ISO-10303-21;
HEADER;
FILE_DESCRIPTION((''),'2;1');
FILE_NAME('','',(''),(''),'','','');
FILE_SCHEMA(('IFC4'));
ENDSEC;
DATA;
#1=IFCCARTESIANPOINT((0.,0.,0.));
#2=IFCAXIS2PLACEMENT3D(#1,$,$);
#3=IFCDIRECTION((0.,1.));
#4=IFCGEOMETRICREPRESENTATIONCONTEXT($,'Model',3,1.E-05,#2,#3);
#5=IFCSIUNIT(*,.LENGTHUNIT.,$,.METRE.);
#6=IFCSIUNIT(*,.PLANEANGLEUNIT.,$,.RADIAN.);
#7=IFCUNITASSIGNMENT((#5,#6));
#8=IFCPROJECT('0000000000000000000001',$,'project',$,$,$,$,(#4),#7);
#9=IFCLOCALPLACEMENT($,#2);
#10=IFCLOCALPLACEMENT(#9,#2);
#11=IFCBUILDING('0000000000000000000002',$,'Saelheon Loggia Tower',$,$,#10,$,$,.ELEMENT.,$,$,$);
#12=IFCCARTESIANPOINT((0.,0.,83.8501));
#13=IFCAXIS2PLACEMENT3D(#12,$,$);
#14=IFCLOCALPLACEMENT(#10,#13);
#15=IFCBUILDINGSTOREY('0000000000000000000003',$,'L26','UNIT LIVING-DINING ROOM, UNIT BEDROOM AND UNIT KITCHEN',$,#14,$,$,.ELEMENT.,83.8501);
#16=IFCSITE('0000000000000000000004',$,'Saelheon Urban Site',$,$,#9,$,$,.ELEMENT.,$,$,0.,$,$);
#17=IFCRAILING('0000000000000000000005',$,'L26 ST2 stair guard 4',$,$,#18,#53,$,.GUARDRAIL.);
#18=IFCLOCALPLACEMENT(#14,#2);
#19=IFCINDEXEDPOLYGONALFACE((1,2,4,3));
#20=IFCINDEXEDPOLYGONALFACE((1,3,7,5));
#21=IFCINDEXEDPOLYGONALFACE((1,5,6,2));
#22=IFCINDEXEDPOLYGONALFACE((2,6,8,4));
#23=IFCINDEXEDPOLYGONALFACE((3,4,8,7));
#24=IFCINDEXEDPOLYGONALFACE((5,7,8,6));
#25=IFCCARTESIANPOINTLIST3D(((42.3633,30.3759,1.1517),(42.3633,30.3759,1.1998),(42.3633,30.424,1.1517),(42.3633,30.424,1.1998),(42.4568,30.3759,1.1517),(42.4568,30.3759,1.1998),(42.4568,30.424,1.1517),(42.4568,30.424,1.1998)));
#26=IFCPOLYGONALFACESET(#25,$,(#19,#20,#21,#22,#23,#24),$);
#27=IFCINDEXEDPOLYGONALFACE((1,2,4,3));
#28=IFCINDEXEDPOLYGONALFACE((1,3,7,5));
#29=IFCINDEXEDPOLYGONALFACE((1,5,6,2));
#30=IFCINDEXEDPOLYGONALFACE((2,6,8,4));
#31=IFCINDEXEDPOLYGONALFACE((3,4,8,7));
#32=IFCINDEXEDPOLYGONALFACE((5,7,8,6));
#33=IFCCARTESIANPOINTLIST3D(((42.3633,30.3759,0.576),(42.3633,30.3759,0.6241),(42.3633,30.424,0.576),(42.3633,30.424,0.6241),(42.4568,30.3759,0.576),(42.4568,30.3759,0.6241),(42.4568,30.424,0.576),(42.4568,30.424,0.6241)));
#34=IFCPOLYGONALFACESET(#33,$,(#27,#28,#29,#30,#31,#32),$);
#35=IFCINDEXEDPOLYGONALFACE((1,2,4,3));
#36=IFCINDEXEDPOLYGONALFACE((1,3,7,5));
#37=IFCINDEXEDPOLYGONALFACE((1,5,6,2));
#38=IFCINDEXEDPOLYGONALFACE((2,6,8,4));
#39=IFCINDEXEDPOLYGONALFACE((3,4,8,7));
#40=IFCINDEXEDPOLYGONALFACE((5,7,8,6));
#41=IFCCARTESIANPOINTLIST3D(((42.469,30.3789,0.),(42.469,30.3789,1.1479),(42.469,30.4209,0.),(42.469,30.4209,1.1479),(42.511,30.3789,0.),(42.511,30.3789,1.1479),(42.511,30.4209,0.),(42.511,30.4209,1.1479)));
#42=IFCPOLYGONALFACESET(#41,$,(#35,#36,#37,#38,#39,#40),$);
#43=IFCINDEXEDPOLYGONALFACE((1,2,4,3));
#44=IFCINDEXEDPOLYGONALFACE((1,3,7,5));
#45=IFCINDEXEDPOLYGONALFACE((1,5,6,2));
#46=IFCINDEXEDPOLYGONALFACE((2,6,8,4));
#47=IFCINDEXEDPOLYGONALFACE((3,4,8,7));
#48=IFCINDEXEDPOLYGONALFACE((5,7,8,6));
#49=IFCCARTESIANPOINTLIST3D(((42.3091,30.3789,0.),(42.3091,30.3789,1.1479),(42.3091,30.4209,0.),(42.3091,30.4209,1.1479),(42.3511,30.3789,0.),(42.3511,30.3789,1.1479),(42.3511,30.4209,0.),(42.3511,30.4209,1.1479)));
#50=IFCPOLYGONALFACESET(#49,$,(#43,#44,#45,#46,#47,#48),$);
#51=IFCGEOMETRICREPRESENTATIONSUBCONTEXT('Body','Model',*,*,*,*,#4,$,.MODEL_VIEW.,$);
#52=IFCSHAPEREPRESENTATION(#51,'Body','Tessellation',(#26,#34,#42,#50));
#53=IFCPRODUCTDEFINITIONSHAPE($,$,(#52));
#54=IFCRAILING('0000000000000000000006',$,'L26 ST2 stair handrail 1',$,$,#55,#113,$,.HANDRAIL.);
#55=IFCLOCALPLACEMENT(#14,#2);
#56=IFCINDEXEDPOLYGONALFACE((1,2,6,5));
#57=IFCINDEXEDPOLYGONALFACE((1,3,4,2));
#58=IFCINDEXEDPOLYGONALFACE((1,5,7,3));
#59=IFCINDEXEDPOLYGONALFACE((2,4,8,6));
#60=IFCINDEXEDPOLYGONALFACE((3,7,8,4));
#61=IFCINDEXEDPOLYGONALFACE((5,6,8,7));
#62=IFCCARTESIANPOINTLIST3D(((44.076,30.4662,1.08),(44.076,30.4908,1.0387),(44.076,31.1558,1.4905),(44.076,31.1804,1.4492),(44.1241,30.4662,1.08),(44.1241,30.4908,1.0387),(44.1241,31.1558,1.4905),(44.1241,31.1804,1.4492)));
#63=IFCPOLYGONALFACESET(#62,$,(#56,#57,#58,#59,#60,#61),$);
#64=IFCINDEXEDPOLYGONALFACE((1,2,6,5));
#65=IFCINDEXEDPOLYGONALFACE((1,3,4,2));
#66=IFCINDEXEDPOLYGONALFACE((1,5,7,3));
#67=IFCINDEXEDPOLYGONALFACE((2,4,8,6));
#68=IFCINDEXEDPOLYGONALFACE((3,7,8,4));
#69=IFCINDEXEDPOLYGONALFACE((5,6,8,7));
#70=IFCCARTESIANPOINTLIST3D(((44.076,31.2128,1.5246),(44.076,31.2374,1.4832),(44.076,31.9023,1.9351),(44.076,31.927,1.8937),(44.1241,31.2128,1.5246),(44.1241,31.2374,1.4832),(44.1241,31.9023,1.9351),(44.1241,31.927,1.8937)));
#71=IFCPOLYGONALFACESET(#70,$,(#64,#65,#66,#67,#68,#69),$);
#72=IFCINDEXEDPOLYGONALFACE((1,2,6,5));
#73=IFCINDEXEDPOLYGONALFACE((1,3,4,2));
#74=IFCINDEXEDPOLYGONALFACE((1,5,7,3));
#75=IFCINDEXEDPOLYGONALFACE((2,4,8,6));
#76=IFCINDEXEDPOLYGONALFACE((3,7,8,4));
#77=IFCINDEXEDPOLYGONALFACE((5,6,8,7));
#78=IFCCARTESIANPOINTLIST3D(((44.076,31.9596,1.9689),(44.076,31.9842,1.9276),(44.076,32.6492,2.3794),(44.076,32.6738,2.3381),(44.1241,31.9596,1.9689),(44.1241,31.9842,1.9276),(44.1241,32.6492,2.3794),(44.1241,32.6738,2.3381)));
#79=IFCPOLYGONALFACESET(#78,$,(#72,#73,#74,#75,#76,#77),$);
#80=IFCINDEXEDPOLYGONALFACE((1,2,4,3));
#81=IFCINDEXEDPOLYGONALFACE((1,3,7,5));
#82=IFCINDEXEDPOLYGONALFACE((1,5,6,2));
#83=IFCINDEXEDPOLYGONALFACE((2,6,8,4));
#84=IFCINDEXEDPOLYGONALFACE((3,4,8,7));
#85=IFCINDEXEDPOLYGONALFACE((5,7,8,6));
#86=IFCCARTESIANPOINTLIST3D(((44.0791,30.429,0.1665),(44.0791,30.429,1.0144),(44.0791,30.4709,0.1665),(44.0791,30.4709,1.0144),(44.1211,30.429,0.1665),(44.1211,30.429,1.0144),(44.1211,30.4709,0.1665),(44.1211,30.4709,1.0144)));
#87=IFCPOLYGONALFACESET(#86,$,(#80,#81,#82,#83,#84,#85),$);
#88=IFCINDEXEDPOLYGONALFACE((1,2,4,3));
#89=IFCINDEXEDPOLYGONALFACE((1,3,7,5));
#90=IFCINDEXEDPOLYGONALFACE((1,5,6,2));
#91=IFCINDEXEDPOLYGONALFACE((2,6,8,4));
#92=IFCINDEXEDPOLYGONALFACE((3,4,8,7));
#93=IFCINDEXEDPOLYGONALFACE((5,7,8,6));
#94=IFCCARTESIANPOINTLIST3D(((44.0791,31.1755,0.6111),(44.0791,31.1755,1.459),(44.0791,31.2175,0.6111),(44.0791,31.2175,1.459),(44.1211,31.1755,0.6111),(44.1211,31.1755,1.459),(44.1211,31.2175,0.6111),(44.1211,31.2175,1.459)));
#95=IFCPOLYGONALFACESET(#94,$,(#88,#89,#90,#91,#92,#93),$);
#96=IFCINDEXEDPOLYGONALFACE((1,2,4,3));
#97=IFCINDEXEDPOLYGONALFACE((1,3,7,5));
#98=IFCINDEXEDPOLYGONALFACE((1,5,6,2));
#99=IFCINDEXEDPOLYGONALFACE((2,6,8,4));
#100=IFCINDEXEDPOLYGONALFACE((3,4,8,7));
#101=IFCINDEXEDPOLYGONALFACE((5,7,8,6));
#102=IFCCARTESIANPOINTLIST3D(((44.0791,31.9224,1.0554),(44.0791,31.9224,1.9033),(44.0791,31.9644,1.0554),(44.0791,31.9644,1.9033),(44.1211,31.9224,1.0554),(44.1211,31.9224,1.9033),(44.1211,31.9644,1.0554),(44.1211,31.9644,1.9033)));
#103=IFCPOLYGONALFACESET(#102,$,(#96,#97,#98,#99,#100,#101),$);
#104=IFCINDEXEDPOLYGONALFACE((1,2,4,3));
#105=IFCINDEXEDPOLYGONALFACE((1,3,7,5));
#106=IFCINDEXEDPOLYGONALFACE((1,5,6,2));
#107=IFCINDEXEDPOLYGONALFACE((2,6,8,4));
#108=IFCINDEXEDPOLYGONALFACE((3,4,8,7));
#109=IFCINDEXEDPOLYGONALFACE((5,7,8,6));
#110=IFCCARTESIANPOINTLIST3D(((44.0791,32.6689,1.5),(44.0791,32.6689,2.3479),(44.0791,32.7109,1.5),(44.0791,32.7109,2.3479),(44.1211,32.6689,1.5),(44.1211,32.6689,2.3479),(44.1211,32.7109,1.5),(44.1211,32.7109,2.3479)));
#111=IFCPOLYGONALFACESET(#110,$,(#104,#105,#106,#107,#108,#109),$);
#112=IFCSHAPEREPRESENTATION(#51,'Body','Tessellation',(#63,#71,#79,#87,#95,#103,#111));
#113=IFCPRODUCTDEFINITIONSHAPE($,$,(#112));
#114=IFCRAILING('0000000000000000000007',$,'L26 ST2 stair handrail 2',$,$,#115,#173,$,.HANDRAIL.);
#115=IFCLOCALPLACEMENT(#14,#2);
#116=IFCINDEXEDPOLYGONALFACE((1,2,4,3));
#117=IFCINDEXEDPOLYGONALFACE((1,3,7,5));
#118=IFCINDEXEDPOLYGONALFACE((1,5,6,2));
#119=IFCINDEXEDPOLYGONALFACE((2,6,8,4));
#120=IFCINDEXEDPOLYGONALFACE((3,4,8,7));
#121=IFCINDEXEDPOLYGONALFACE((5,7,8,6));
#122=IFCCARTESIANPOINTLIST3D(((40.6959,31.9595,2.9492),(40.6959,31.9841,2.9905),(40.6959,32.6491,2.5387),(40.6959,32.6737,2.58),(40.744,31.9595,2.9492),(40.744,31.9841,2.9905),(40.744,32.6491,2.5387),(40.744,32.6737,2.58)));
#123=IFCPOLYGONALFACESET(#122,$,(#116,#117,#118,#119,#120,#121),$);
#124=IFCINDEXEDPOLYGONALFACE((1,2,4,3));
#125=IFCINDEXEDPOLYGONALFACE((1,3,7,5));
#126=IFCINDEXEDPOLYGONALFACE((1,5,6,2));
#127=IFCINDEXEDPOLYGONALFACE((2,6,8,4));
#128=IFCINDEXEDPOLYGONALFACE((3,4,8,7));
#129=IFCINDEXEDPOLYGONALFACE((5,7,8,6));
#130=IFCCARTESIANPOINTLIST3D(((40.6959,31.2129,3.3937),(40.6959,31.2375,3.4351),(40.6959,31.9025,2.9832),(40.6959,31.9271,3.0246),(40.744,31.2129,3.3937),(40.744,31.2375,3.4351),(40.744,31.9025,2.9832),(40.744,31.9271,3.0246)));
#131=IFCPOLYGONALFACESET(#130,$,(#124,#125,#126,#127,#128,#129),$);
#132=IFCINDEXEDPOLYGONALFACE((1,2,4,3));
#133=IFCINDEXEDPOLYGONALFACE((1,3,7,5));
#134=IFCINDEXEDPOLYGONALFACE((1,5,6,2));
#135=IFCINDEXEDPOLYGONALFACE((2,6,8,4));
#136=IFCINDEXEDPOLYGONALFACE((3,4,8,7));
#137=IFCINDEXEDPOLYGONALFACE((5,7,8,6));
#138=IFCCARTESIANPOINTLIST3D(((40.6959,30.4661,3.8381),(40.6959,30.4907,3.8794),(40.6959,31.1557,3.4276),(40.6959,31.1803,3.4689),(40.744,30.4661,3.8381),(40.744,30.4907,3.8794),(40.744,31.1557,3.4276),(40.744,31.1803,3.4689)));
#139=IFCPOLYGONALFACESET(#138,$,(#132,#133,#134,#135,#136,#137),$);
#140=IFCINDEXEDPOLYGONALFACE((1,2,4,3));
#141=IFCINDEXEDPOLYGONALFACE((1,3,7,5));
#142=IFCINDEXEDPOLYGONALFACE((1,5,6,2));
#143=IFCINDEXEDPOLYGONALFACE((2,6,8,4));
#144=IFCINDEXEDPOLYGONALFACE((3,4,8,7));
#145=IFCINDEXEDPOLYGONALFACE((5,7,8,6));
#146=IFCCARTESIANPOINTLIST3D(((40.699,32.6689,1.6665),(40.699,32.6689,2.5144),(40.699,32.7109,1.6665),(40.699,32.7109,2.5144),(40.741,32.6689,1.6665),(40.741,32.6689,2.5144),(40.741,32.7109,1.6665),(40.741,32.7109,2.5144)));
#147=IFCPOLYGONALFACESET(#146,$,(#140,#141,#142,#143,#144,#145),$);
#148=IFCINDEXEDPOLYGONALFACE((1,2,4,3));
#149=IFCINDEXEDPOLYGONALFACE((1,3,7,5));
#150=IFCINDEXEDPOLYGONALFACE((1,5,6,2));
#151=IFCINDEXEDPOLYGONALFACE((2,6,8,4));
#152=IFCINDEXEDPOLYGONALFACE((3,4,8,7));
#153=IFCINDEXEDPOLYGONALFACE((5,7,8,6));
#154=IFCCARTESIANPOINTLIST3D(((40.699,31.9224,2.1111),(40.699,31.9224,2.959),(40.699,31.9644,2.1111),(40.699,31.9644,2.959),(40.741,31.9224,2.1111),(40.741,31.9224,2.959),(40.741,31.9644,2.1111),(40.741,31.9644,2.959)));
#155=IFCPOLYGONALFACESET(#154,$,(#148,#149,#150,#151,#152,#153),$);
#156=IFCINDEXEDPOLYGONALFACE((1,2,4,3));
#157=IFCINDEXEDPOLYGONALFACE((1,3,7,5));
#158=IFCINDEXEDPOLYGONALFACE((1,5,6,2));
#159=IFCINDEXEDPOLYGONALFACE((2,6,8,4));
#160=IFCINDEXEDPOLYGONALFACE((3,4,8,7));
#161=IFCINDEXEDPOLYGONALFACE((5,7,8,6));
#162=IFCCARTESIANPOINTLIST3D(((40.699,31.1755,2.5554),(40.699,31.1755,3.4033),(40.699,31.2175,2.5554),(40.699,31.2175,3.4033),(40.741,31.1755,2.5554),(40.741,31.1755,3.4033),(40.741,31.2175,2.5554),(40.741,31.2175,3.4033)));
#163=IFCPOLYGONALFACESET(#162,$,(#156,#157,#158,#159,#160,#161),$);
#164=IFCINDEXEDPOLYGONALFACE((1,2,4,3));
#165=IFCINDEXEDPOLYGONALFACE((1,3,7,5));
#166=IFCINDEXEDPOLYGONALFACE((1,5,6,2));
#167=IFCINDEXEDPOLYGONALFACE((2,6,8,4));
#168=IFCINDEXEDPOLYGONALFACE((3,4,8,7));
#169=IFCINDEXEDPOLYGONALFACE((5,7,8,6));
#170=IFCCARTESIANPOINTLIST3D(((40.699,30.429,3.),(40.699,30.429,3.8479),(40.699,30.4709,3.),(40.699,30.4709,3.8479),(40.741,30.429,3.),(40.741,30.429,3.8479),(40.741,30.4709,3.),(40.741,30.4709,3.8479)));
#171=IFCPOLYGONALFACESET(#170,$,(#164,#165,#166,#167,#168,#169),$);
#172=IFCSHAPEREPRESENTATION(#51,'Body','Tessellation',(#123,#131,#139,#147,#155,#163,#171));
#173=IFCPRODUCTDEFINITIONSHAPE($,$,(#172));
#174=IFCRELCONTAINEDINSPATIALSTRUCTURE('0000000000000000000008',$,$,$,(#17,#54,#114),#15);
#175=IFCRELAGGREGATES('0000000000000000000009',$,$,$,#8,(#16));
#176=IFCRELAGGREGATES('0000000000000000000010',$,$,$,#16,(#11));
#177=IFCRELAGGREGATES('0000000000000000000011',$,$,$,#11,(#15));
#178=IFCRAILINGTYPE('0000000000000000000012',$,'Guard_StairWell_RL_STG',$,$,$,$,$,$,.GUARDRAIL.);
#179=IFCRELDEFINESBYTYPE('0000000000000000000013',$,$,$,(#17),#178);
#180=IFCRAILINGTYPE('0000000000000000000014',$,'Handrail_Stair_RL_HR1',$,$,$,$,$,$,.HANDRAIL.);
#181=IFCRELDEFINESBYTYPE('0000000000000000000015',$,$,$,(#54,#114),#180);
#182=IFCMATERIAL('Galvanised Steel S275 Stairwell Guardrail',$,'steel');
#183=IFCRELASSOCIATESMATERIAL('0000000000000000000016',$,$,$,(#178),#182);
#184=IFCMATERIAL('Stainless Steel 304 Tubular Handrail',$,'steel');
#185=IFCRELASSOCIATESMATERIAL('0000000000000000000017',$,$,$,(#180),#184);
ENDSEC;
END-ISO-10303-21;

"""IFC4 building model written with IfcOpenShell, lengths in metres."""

from ifc_helpers import new_model, si_unit, direction, frame, origin, origin_2d, place, context, subcontext, project, spatial, rectangle, extrude, material, type_object, element, save


model = new_model("IFC4")

# Units and contexts
model_context = context("Model", 3, precision=1e-05, world=origin(), true_north=direction((0.0, 1.0)))
body_context = subcontext(model_context, "Body", "Model", "MODEL_VIEW")
ifc_project = project(units=[si_unit("LENGTHUNIT", "METRE"), si_unit("PLANEANGLEUNIT", "RADIAN")], contexts=[model_context])

# Site, building, storey
site_placement = place(None, origin())
site = spatial("IfcSite", under=ifc_project, at=site_placement, Name="Saelheon Urban Site", CompositionType="ELEMENT", RefElevation=0.0)
building_placement = place(site_placement, origin())
building = spatial("IfcBuilding", under=site, at=building_placement, Name="Saelheon Loggia Tower", CompositionType="ELEMENT")
storey_placement = place(building_placement, frame((0.0, 0.0, 83.8501)))
storey = spatial("IfcBuildingStorey", under=building, at=storey_placement, Name="L26", Description="UNIT LIVING-DINING ROOM, UNIT BEDROOM AND UNIT KITCHEN", CompositionType="ELEMENT", Elevation=83.8501)

# Railings
ifc_material_1 = material(Name="Galvanised Steel S275 Stairwell Guardrail", Category="steel")
railing_type_1 = type_object("IfcRailingType", Name="Guard_StairWell_RL_STG", PredefinedType="GUARDRAIL", material=ifc_material_1)
railing_1_placement = place(storey_placement, frame((42.49, 30.3999, 0.0)))
element("IfcRailing", 1, at=railing_1_placement, inside=storey, type_object=railing_type_1, Name="L26 ST2 stair guard 4", PredefinedType="GUARDRAIL", context=body_context, shape_type="SweptSolid", body=[
    extrude(rectangle(XDim=0.0481, YDim=0.0481, at=origin_2d()), frame((-0.0332, 0.0, 1.1758), z_axis=(-1.0, 0.0, 0.0), x_axis=(0.0, -1.0, 0.0)), (0.0, 0.0, 1.0), 0.0935),
    extrude(rectangle(XDim=0.0481, YDim=0.0481, at=origin_2d()), frame((-0.0332, 0.0, 0.6001), z_axis=(-1.0, 0.0, 0.0), x_axis=(0.0, -1.0, 0.0)), (0.0, 0.0, 1.0), 0.0935),
    extrude(rectangle(XDim=0.042, YDim=0.042, at=origin_2d()), origin(), (0.0, 0.0, 1.0), 1.1479),
    extrude(rectangle(XDim=0.042, YDim=0.042, at=origin_2d()), frame((-0.1599, 0.0, 0.0)), (0.0, 0.0, 1.0), 1.1479),
])
ifc_material_2 = material(Name="Stainless Steel 304 Tubular Handrail", Category="steel")
railing_type_2 = type_object("IfcRailingType", Name="Handrail_Stair_RL_HR1", PredefinedType="HANDRAIL", material=ifc_material_2)
railing_2_placement = place(storey_placement, frame((44.1001, 30.45, 0.1665)))
element("IfcRailing", 2, at=railing_2_placement, inside=storey, type_object=railing_type_2, Name="L26 ST2 stair handrail 1", PredefinedType="HANDRAIL", context=body_context, shape_type="SweptSolid", body=[
    extrude(rectangle(XDim=0.0481, YDim=0.0481, at=origin_2d()), frame((0.0, 0.0286, 0.8928), z_axis=(0.0, 0.859264, 0.511532), x_axis=(-1.0, 0.0, 0.0)), (0.0, 0.0, 1.0), 0.8025),
    extrude(rectangle(XDim=0.0481, YDim=0.0481, at=origin_2d()), frame((0.0, 0.7751, 1.3374), z_axis=(0.0, 0.859264, 0.511532), x_axis=(-1.0, 0.0, 0.0)), (0.0, 0.0, 1.0), 0.8025),
    extrude(rectangle(XDim=0.0481, YDim=0.0481, at=origin_2d()), frame((0.0, 1.522, 1.7817), z_axis=(0.0, 0.859264, 0.511532), x_axis=(-1.0, 0.0, 0.0)), (0.0, 0.0, 1.0), 0.8025),
    extrude(rectangle(XDim=0.042, YDim=0.042, at=origin_2d()), origin(), (0.0, 0.0, 1.0), 0.8479),
    extrude(rectangle(XDim=0.042, YDim=0.042, at=origin_2d()), frame((0.0, 0.7466, 0.4446)), (0.0, 0.0, 1.0), 0.8479),
    extrude(rectangle(XDim=0.042, YDim=0.042, at=origin_2d()), frame((0.0, 1.4934, 0.8889)), (0.0, 0.0, 1.0), 0.8479),
    extrude(rectangle(XDim=0.042, YDim=0.042, at=origin_2d()), frame((0.0, 2.24, 1.3335)), (0.0, 0.0, 1.0), 0.8479),
])
railing_3_placement = place(storey_placement, frame((40.72, 32.6899, 1.6665)))
element("IfcRailing", 3, at=railing_3_placement, inside=storey, type_object=railing_type_2, Name="L26 ST2 stair handrail 2", PredefinedType="HANDRAIL", context=body_context, shape_type="SweptSolid", body=[
    extrude(rectangle(XDim=0.0481, YDim=0.0481, at=origin_2d()), frame((0.0, -0.0286, 0.8928), z_axis=(0.0, -0.859264, 0.511532), x_axis=(1.0, 0.0, 0.0)), (0.0, 0.0, 1.0), 0.8025),
    extrude(rectangle(XDim=0.0481, YDim=0.0481, at=origin_2d()), frame((0.0, -0.7751, 1.3374), z_axis=(0.0, -0.859264, 0.511532), x_axis=(1.0, 0.0, 0.0)), (0.0, 0.0, 1.0), 0.8025),
    extrude(rectangle(XDim=0.0481, YDim=0.0481, at=origin_2d()), frame((0.0, -1.522, 1.7817), z_axis=(0.0, -0.859264, 0.511532), x_axis=(1.0, 0.0, 0.0)), (0.0, 0.0, 1.0), 0.8025),
    extrude(rectangle(XDim=0.042, YDim=0.042, at=origin_2d()), origin(), (0.0, 0.0, 1.0), 0.8479),
    extrude(rectangle(XDim=0.042, YDim=0.042, at=origin_2d()), frame((0.0, -0.7466, 0.4446)), (0.0, 0.0, 1.0), 0.8479),
    extrude(rectangle(XDim=0.042, YDim=0.042, at=origin_2d()), frame((0.0, -1.4934, 0.8889)), (0.0, 0.0, 1.0), 0.8479),
    extrude(rectangle(XDim=0.042, YDim=0.042, at=origin_2d()), frame((0.0, -2.24, 1.3335)), (0.0, 0.0, 1.0), 0.8479),
])

save(model, "model.ifc")
